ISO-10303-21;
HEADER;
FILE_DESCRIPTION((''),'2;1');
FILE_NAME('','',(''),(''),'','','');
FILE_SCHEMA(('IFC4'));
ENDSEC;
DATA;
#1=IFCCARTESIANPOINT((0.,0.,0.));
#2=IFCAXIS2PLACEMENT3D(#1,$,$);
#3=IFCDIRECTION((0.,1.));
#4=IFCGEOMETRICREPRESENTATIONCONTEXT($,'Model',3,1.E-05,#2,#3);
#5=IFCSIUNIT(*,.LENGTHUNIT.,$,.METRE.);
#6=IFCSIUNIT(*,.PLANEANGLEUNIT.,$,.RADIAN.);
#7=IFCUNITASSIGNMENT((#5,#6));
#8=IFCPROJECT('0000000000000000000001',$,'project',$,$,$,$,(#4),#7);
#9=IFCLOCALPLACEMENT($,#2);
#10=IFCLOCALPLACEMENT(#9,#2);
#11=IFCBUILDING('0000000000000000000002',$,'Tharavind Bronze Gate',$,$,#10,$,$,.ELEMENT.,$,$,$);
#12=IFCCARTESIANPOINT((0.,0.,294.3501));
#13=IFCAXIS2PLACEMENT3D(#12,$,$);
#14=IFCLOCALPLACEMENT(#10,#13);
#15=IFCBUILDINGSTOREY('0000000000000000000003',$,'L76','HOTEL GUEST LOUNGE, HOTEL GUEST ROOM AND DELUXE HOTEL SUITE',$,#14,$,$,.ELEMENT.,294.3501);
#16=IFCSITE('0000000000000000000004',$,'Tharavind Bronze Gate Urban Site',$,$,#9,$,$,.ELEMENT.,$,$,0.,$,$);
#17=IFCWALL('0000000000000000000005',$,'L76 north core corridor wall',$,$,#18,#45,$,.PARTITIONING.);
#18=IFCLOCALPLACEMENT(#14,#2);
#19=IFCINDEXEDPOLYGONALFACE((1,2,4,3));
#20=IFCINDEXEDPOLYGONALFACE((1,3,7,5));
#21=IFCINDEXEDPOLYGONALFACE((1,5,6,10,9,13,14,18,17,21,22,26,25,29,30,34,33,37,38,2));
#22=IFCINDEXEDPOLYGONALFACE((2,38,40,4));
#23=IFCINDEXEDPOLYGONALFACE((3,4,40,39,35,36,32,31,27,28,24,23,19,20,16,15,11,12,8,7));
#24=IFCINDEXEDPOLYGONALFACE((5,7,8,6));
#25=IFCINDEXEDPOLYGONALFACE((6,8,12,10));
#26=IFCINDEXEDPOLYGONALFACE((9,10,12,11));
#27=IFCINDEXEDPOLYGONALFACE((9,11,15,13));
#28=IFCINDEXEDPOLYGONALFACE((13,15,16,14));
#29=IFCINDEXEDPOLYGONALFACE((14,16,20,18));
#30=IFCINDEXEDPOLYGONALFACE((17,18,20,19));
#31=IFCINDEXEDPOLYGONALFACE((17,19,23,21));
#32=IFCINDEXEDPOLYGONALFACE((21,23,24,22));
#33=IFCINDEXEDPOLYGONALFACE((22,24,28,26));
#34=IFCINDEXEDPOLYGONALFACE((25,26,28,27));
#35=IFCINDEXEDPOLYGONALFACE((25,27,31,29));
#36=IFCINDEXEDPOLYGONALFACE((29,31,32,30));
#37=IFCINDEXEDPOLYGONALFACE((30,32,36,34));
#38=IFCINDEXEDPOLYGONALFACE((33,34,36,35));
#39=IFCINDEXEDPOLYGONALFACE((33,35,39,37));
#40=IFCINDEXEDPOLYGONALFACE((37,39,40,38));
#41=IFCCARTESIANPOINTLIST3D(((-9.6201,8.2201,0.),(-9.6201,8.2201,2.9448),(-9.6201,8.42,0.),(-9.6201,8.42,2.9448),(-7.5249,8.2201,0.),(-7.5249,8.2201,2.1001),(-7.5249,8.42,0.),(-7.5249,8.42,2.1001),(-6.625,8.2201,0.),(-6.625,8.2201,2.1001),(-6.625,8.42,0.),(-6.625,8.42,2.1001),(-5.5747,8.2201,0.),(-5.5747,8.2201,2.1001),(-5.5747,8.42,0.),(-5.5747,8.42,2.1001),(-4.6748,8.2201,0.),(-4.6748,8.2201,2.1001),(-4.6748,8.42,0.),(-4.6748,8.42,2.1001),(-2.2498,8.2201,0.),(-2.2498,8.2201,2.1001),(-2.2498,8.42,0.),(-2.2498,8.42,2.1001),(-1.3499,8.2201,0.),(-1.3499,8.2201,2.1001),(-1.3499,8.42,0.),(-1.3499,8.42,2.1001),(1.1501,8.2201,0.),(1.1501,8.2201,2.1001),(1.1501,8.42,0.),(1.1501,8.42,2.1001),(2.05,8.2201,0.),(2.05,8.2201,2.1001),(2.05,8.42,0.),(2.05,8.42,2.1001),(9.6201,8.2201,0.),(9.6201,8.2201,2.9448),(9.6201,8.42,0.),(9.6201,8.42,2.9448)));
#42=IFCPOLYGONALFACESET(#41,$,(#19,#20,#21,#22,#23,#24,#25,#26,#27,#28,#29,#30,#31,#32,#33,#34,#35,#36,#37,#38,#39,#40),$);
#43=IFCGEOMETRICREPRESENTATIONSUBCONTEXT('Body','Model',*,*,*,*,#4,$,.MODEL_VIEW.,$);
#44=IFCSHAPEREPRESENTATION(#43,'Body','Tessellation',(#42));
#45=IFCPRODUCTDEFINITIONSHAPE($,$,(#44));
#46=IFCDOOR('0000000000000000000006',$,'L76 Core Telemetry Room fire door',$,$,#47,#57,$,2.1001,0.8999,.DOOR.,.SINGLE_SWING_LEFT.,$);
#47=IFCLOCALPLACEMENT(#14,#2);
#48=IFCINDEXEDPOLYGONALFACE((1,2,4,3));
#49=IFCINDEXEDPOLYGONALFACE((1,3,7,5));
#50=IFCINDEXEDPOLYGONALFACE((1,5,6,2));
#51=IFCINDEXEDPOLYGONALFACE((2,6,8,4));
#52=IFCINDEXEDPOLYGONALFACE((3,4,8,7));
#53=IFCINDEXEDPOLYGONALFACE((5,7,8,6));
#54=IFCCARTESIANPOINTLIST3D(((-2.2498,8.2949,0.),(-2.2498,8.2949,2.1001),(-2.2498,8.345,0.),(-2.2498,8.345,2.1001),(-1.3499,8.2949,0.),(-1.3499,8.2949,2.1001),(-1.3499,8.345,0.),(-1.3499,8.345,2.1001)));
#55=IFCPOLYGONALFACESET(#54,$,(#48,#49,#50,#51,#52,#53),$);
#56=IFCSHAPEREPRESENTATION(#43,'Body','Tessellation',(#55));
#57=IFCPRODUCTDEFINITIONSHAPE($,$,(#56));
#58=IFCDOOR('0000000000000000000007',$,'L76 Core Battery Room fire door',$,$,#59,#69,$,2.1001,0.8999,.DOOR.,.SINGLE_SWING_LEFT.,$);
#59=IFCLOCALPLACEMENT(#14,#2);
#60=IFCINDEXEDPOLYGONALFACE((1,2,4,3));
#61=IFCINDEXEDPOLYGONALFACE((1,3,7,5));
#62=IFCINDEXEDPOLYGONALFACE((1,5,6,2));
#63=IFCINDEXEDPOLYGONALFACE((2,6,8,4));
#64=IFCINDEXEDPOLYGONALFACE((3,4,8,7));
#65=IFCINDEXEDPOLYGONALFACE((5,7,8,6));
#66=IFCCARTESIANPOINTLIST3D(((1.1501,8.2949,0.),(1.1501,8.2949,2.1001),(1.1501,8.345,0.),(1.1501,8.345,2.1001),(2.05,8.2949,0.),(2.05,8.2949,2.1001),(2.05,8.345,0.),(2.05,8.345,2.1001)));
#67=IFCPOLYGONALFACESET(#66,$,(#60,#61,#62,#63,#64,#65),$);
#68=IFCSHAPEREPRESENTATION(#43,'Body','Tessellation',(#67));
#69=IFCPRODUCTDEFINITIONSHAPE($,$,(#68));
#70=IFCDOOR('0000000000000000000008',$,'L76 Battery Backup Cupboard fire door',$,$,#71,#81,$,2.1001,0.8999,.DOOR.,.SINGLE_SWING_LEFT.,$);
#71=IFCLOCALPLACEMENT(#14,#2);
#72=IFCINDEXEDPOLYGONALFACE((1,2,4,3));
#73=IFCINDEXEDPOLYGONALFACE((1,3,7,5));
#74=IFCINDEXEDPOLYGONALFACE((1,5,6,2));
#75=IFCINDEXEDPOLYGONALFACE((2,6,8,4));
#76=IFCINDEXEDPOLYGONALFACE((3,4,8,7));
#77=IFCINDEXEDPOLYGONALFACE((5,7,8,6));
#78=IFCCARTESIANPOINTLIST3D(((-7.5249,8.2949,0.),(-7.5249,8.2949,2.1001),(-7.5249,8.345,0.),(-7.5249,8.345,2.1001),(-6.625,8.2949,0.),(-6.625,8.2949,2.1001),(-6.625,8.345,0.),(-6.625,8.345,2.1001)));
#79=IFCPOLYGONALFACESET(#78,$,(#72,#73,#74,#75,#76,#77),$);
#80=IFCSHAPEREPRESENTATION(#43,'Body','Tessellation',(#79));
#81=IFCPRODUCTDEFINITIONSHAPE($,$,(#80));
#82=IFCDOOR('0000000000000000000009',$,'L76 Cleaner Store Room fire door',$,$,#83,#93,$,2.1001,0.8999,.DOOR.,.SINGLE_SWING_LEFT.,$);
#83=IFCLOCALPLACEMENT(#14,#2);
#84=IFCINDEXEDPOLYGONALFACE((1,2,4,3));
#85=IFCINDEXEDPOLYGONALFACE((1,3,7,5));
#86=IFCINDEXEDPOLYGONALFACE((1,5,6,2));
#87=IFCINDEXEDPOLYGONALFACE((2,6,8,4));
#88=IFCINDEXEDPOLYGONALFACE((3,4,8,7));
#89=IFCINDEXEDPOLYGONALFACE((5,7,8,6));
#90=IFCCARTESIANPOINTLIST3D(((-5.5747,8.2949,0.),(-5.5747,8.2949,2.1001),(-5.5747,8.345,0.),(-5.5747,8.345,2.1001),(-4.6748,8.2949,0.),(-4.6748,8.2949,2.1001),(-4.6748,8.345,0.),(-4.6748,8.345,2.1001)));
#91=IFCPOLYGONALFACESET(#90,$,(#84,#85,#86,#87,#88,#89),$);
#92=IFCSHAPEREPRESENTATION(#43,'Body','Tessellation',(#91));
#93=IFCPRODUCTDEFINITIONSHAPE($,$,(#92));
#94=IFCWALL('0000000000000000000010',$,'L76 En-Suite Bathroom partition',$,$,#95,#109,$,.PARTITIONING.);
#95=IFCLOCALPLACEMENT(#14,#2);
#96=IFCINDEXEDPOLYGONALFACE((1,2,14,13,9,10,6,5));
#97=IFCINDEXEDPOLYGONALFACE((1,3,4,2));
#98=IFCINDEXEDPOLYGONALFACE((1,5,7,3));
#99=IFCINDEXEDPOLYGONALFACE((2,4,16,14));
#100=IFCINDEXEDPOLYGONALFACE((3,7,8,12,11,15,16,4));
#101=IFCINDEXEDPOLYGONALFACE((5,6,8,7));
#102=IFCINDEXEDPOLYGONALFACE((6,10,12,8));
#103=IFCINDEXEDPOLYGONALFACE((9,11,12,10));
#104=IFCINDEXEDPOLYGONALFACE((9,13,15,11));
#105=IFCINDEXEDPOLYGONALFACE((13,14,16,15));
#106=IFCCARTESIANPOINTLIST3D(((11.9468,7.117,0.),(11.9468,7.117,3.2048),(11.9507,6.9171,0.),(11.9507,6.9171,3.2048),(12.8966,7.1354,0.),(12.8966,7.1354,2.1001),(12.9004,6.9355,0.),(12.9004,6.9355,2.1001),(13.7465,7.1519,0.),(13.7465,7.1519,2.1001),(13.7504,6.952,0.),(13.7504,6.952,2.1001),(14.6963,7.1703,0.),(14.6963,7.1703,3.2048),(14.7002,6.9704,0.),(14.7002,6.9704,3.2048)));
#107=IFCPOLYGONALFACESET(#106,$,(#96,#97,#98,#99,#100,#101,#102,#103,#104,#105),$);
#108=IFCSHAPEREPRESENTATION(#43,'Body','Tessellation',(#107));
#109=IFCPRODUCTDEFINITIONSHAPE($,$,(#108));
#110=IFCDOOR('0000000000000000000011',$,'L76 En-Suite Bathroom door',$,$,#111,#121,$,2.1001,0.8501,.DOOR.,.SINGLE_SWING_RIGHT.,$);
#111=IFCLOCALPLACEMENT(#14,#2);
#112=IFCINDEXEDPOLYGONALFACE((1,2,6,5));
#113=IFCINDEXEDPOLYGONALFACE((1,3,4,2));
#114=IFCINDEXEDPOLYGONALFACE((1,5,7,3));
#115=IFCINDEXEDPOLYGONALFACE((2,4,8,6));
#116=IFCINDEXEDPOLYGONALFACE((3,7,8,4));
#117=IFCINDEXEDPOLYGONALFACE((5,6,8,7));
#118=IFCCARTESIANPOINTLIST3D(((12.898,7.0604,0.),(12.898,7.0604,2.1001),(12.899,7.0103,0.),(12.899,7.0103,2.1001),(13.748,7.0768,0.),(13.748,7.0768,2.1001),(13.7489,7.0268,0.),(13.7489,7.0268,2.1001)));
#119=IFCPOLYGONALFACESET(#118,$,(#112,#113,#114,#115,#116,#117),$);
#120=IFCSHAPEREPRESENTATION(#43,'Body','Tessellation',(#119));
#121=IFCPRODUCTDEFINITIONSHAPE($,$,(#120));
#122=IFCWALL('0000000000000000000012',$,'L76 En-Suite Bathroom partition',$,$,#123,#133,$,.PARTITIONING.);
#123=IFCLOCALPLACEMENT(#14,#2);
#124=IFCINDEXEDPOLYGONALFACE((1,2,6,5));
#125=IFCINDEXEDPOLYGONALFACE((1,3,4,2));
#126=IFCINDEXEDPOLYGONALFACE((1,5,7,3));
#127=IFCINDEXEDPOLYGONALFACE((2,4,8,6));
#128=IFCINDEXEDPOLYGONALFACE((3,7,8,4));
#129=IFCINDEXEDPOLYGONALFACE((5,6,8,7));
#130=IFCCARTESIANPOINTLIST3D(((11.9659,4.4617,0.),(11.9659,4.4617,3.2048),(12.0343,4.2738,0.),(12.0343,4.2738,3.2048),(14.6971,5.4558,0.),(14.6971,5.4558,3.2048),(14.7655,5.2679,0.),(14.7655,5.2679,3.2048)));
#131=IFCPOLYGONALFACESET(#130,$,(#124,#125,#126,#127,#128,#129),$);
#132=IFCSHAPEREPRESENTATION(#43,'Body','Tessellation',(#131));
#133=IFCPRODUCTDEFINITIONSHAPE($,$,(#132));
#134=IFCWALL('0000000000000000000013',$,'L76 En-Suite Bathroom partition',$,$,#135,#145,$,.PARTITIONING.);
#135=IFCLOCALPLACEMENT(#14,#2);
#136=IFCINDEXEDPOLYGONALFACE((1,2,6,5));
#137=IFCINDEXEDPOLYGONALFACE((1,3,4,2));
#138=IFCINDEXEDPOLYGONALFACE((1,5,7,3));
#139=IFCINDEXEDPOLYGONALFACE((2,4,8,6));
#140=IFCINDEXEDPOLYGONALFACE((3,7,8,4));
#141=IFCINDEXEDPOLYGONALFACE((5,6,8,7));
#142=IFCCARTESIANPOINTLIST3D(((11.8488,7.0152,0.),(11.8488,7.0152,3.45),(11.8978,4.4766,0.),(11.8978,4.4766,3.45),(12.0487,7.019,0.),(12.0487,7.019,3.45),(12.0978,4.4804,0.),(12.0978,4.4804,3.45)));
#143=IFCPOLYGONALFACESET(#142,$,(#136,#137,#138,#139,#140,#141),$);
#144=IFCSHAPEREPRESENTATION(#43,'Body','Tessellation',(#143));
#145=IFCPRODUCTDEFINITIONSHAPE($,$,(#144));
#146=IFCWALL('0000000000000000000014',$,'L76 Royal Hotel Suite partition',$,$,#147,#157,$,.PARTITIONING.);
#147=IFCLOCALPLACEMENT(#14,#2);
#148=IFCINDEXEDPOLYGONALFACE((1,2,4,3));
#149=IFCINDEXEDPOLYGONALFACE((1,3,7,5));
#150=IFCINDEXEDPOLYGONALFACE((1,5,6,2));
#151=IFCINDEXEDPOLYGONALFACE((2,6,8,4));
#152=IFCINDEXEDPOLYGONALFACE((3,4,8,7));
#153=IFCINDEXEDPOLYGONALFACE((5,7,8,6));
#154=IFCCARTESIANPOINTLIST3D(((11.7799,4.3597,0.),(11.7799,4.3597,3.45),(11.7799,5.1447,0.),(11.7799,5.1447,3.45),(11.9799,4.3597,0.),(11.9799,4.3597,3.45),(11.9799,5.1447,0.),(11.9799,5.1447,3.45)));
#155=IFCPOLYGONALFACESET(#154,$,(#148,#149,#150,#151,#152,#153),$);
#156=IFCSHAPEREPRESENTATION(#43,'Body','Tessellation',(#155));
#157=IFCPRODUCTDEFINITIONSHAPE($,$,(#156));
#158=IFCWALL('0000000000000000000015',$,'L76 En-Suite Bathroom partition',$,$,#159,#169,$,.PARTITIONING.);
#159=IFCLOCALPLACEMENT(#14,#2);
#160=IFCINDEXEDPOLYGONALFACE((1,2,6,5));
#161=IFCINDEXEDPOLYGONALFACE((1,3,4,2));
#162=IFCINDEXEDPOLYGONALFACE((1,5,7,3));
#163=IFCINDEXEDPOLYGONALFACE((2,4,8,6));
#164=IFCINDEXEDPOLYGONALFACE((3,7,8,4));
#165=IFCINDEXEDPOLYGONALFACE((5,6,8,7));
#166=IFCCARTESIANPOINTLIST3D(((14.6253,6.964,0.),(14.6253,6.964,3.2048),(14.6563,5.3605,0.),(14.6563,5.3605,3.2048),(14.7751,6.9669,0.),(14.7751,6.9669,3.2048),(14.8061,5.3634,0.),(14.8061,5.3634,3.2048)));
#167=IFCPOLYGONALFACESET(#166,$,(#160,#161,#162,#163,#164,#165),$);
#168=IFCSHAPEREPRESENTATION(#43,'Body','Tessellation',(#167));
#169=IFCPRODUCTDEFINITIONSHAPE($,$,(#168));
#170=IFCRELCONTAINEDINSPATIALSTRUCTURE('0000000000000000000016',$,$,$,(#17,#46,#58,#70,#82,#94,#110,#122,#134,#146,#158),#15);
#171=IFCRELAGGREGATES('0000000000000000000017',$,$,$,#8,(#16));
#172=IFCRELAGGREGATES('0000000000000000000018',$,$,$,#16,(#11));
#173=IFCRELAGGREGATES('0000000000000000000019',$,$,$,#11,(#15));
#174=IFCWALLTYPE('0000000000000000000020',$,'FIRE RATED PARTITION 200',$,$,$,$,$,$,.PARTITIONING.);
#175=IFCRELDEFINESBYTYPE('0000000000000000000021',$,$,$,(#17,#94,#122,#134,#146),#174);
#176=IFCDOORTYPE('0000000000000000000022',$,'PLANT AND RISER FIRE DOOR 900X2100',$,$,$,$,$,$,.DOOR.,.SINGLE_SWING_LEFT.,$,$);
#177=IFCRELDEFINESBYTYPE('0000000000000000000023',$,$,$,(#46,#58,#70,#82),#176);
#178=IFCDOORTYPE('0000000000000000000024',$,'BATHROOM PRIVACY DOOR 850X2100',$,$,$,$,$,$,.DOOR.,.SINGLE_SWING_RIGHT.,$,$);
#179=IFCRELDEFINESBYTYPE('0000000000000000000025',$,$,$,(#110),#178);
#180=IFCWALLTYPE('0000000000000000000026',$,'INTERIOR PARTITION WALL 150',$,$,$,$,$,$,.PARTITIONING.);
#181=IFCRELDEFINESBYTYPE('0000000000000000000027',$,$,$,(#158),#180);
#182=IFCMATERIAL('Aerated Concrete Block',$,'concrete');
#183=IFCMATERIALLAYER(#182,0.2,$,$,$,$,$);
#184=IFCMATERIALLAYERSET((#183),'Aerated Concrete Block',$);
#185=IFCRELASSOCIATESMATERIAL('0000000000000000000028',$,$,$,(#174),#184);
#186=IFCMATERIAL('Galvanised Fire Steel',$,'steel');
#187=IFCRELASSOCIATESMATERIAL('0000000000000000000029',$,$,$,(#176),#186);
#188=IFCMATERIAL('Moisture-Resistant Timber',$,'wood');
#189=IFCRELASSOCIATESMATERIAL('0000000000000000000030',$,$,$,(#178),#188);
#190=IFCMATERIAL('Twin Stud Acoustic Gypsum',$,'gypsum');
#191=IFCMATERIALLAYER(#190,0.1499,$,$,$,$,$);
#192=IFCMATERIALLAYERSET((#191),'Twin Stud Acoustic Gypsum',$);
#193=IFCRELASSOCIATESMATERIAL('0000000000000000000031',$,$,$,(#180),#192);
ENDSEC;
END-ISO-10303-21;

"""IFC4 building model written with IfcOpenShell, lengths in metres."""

from ifc_helpers import new_model, si_unit, direction, frame, frame_2d, origin, place, context, subcontext, project, spatial, rectangle, extrude, material, layer, layer_set, type_object, element, fill, save


model = new_model("IFC4")

# Units and contexts
model_context = context("Model", 3, precision=1e-05, world=origin(), true_north=direction((0.0, 1.0)))
body_context = subcontext(model_context, "Body", "Model", "MODEL_VIEW")
ifc_project = project(units=[si_unit("LENGTHUNIT", "METRE"), si_unit("PLANEANGLEUNIT", "RADIAN")], contexts=[model_context])

# Site, building, storey
site_placement = place(None, origin())
site = spatial("IfcSite", under=ifc_project, at=site_placement, Name="Tharavind Bronze Gate Urban Site", CompositionType="ELEMENT", RefElevation=0.0)
building_placement = place(site_placement, origin())
building = spatial("IfcBuilding", under=site, at=building_placement, Name="Tharavind Bronze Gate", CompositionType="ELEMENT")
storey_placement = place(building_placement, frame((0.0, 0.0, 294.3501)))
storey = spatial("IfcBuildingStorey", under=building, at=storey_placement, Name="L76", Description="HOTEL GUEST LOUNGE, HOTEL GUEST ROOM AND DELUXE HOTEL SUITE", CompositionType="ELEMENT", Elevation=294.3501)

# Wall, openings, doors
ifc_material_1 = material(Name="Aerated Concrete Block", Category="concrete")
ifc_layer_1 = layer(ifc_material_1, 0.2)
ifc_layer_set_1 = layer_set([ifc_layer_1], Name="Aerated Concrete Block")
wall_type_1 = type_object("IfcWallType", Name="FIRE RATED PARTITION 200", PredefinedType="PARTITIONING", material=ifc_layer_set_1)
wall_1_placement = place(storey_placement, frame((9.6201, 8.3201, 0.0), z_axis=(0.0, 0.0, 1.0), x_axis=(-1.0, 0.0, 0.0)))
wall_1 = element("IfcWall", 1, at=wall_1_placement, inside=storey, type_object=wall_type_1, Name="L76 north core corridor wall", PredefinedType="PARTITIONING", context=body_context, shape_type="SweptSolid", body=[
    extrude(rectangle(XDim=19.2402, YDim=0.2, at=frame_2d((9.6201, 0.0))), origin(), (0.0, 0.0, 1.0), 2.9448),
])
opening_1_placement = place(wall_1_placement, frame((10.97, 0.0, 0.0)))
opening_1 = element("IfcOpeningElement", 2, at=opening_1_placement, cuts=wall_1, PredefinedType="OPENING", context=body_context, shape_type="SweptSolid", body=[
    extrude(rectangle(XDim=0.8999, YDim=2.1001, at=frame_2d((0.45, 1.05))), frame((0.0, 0.1101, 0.0), z_axis=(0.0, -1.0, 0.0), x_axis=(1.0, 0.0, 0.0)), (0.0, 0.0, 1.0), 0.22),
])
opening_2_placement = place(wall_1_placement, frame((7.5701, 0.0, 0.0)))
opening_2 = element("IfcOpeningElement", 3, at=opening_2_placement, cuts=wall_1, PredefinedType="OPENING", context=body_context, shape_type="SweptSolid", body=[
    extrude(rectangle(XDim=0.8999, YDim=2.1001, at=frame_2d((0.45, 1.05))), frame((0.0, 0.1101, 0.0), z_axis=(0.0, -1.0, 0.0), x_axis=(1.0, 0.0, 0.0)), (0.0, 0.0, 1.0), 0.22),
])
opening_3_placement = place(wall_1_placement, frame((16.2451, 0.0, 0.0)))
opening_3 = element("IfcOpeningElement", 4, at=opening_3_placement, cuts=wall_1, PredefinedType="OPENING", context=body_context, shape_type="SweptSolid", body=[
    extrude(rectangle(XDim=0.8999, YDim=2.1001, at=frame_2d((0.45, 1.05))), frame((0.0, 0.1101, 0.0), z_axis=(0.0, -1.0, 0.0), x_axis=(1.0, 0.0, 0.0)), (0.0, 0.0, 1.0), 0.22),
])
opening_4_placement = place(wall_1_placement, frame((14.2949, 0.0, 0.0)))
opening_4 = element("IfcOpeningElement", 5, at=opening_4_placement, cuts=wall_1, PredefinedType="OPENING", context=body_context, shape_type="SweptSolid", body=[
    extrude(rectangle(XDim=0.8999, YDim=2.1001, at=frame_2d((0.45, 1.05))), frame((0.0, 0.1101, 0.0), z_axis=(0.0, -1.0, 0.0), x_axis=(1.0, 0.0, 0.0)), (0.0, 0.0, 1.0), 0.22),
])
ifc_material_2 = material(Name="Galvanised Fire Steel", Category="steel")
door_type_1 = type_object("IfcDoorType", Name="PLANT AND RISER FIRE DOOR 900X2100", OperationType="SINGLE_SWING_LEFT", PredefinedType="DOOR", material=ifc_material_2)
door_1_placement = place(opening_1_placement, frame((0.8999, 0.0, 0.0), z_axis=(0.0, 0.0, 1.0), x_axis=(-1.0, 0.0, 0.0)))
door_1 = element("IfcDoor", 6, at=door_1_placement, inside=storey, type_object=door_type_1, Name="L76 Core Telemetry Room fire door", OperationType="SINGLE_SWING_LEFT", OverallHeight=2.1001, OverallWidth=0.8999, PredefinedType="DOOR", context=body_context, shape_type="SweptSolid", body=[
    extrude(rectangle(XDim=0.8999, YDim=2.1001, at=frame_2d((0.45, 1.05))), frame((0.0, 0.0249, 0.0), z_axis=(0.0, -1.0, 0.0), x_axis=(1.0, 0.0, 0.0)), (0.0, 0.0, 1.0), 0.05),
])
fill(opening_1, door_1)
door_2_placement = place(opening_2_placement, frame((0.8999, 0.0, 0.0), z_axis=(0.0, 0.0, 1.0), x_axis=(-1.0, 0.0, 0.0)))
door_2 = element("IfcDoor", 7, at=door_2_placement, inside=storey, type_object=door_type_1, Name="L76 Core Battery Room fire door", OperationType="SINGLE_SWING_LEFT", OverallHeight=2.1001, OverallWidth=0.8999, PredefinedType="DOOR", context=body_context, shape_type="SweptSolid", body=[
    extrude(rectangle(XDim=0.8999, YDim=2.1001, at=frame_2d((0.45, 1.05))), frame((0.0, 0.0249, 0.0), z_axis=(0.0, -1.0, 0.0), x_axis=(1.0, 0.0, 0.0)), (0.0, 0.0, 1.0), 0.05),
])
fill(opening_2, door_2)
door_3_placement = place(opening_3_placement, frame((0.8999, 0.0, 0.0), z_axis=(0.0, 0.0, 1.0), x_axis=(-1.0, 0.0, 0.0)))
door_3 = element("IfcDoor", 8, at=door_3_placement, inside=storey, type_object=door_type_1, Name="L76 Battery Backup Cupboard fire door", OperationType="SINGLE_SWING_LEFT", OverallHeight=2.1001, OverallWidth=0.8999, PredefinedType="DOOR", context=body_context, shape_type="SweptSolid", body=[
    extrude(rectangle(XDim=0.8999, YDim=2.1001, at=frame_2d((0.45, 1.05))), frame((0.0, 0.0249, 0.0), z_axis=(0.0, -1.0, 0.0), x_axis=(1.0, 0.0, 0.0)), (0.0, 0.0, 1.0), 0.05),
])
fill(opening_3, door_3)
door_4_placement = place(opening_4_placement, frame((0.8999, 0.0, 0.0), z_axis=(0.0, 0.0, 1.0), x_axis=(-1.0, 0.0, 0.0)))
door_4 = element("IfcDoor", 9, at=door_4_placement, inside=storey, type_object=door_type_1, Name="L76 Cleaner Store Room fire door", OperationType="SINGLE_SWING_LEFT", OverallHeight=2.1001, OverallWidth=0.8999, PredefinedType="DOOR", context=body_context, shape_type="SweptSolid", body=[
    extrude(rectangle(XDim=0.8999, YDim=2.1001, at=frame_2d((0.45, 1.05))), frame((0.0, 0.0249, 0.0), z_axis=(0.0, -1.0, 0.0), x_axis=(1.0, 0.0, 0.0)), (0.0, 0.0, 1.0), 0.05),
])
fill(opening_4, door_4)

# Wall, opening, door
wall_2_placement = place(storey_placement, frame((11.9487, 7.0171, 0.0), z_axis=(0.0, 0.0, 1.0), x_axis=(0.999813, 0.019354, 0.0)))
wall_2 = element("IfcWall", 10, at=wall_2_placement, inside=storey, type_object=wall_type_1, Name="L76 En-Suite Bathroom partition", PredefinedType="PARTITIONING", context=body_context, shape_type="SweptSolid", body=[
    extrude(rectangle(XDim=2.75, YDim=0.2, at=frame_2d((1.375, 0.0))), origin(), (0.0, 0.0, 1.0), 3.2048),
])
opening_5_placement = place(wall_2_placement, frame((0.95, 0.0, 0.0)))
opening_5 = element("IfcOpeningElement", 11, at=opening_5_placement, cuts=wall_2, PredefinedType="OPENING", context=body_context, shape_type="SweptSolid", body=[
    extrude(rectangle(XDim=0.8501, YDim=2.1001, at=frame_2d((0.425, 1.05))), frame((0.0, 0.1101, 0.0), z_axis=(0.0, -1.0, 0.0), x_axis=(1.0, 0.0, 0.0)), (0.0, 0.0, 1.0), 0.22),
])
ifc_material_3 = material(Name="Moisture-Resistant Timber", Category="wood")
door_type_2 = type_object("IfcDoorType", Name="BATHROOM PRIVACY DOOR 850X2100", OperationType="SINGLE_SWING_RIGHT", PredefinedType="DOOR", material=ifc_material_3)
door_5_placement = place(opening_5_placement, origin())
door_5 = element("IfcDoor", 12, at=door_5_placement, inside=storey, type_object=door_type_2, Name="L76 En-Suite Bathroom door", OperationType="SINGLE_SWING_RIGHT", OverallHeight=2.1001, OverallWidth=0.8501, PredefinedType="DOOR", context=body_context, shape_type="SweptSolid", body=[
    extrude(rectangle(XDim=0.8501, YDim=2.1001, at=frame_2d((0.425, 1.05))), frame((0.0, 0.0249, 0.0), z_axis=(0.0, -1.0, 0.0), x_axis=(1.0, 0.0, 0.0)), (0.0, 0.0, 1.0), 0.05),
])
fill(opening_5, door_5)

# Walls
wall_3_placement = place(storey_placement, frame((14.7312, 5.3618, 0.0), z_axis=(0.0, 0.0, 1.0), x_axis=(-0.939685, -0.34204, 0.0)))
element("IfcWall", 13, at=wall_3_placement, inside=storey, type_object=wall_type_1, Name="L76 En-Suite Bathroom partition", PredefinedType="PARTITIONING", context=body_context, shape_type="SweptSolid", body=[
    extrude(rectangle(XDim=2.9065, YDim=0.2, at=frame_2d((1.4531, 0.0))), origin(), (0.0, 0.0, 1.0), 3.2048),
])
wall_4_placement = place(storey_placement, frame((11.9978, 4.4785, 0.0), z_axis=(0.0, 0.0, 1.0), x_axis=(-0.019327, 0.999813, 0.0)))
element("IfcWall", 14, at=wall_4_placement, inside=storey, type_object=wall_type_1, Name="L76 En-Suite Bathroom partition", PredefinedType="PARTITIONING", context=body_context, shape_type="SweptSolid", body=[
    extrude(rectangle(XDim=2.5391, YDim=0.2, at=frame_2d((1.2695, 0.0))), origin(), (0.0, 0.0, 1.0), 3.45),
])
wall_5_placement = place(storey_placement, frame((11.8799, 4.3596, 0.0), z_axis=(0.0, 0.0, 1.0), x_axis=(0.0, 1.0, 0.0)))
element("IfcWall", 15, at=wall_5_placement, inside=storey, type_object=wall_type_1, Name="L76 Royal Hotel Suite partition", PredefinedType="PARTITIONING", context=body_context, shape_type="SweptSolid", body=[
    extrude(rectangle(XDim=0.7849, YDim=0.2, at=frame_2d((0.3926, 0.0))), origin(), (0.0, 0.0, 1.0), 3.45),
])

# Wall
ifc_material_4 = material(Name="Twin Stud Acoustic Gypsum", Category="gypsum")
ifc_layer_2 = layer(ifc_material_4, 0.1499)
ifc_layer_set_2 = layer_set([ifc_layer_2], Name="Twin Stud Acoustic Gypsum")
wall_type_2 = type_object("IfcWallType", Name="INTERIOR PARTITION WALL 150", PredefinedType="PARTITIONING", material=ifc_layer_set_2)
wall_6_placement = place(storey_placement, frame((14.7002, 6.9653, 0.0), z_axis=(0.0, 0.0, 1.0), x_axis=(0.019333, -0.999813, 0.0)))
element("IfcWall", 16, at=wall_6_placement, inside=storey, type_object=wall_type_2, Name="L76 En-Suite Bathroom partition", PredefinedType="PARTITIONING", context=body_context, shape_type="SweptSolid", body=[
    extrude(rectangle(XDim=1.6038, YDim=0.1499, at=frame_2d((0.8018, 0.0))), origin(), (0.0, 0.0, 1.0), 3.2048),
])

save(model, "model.ifc")
